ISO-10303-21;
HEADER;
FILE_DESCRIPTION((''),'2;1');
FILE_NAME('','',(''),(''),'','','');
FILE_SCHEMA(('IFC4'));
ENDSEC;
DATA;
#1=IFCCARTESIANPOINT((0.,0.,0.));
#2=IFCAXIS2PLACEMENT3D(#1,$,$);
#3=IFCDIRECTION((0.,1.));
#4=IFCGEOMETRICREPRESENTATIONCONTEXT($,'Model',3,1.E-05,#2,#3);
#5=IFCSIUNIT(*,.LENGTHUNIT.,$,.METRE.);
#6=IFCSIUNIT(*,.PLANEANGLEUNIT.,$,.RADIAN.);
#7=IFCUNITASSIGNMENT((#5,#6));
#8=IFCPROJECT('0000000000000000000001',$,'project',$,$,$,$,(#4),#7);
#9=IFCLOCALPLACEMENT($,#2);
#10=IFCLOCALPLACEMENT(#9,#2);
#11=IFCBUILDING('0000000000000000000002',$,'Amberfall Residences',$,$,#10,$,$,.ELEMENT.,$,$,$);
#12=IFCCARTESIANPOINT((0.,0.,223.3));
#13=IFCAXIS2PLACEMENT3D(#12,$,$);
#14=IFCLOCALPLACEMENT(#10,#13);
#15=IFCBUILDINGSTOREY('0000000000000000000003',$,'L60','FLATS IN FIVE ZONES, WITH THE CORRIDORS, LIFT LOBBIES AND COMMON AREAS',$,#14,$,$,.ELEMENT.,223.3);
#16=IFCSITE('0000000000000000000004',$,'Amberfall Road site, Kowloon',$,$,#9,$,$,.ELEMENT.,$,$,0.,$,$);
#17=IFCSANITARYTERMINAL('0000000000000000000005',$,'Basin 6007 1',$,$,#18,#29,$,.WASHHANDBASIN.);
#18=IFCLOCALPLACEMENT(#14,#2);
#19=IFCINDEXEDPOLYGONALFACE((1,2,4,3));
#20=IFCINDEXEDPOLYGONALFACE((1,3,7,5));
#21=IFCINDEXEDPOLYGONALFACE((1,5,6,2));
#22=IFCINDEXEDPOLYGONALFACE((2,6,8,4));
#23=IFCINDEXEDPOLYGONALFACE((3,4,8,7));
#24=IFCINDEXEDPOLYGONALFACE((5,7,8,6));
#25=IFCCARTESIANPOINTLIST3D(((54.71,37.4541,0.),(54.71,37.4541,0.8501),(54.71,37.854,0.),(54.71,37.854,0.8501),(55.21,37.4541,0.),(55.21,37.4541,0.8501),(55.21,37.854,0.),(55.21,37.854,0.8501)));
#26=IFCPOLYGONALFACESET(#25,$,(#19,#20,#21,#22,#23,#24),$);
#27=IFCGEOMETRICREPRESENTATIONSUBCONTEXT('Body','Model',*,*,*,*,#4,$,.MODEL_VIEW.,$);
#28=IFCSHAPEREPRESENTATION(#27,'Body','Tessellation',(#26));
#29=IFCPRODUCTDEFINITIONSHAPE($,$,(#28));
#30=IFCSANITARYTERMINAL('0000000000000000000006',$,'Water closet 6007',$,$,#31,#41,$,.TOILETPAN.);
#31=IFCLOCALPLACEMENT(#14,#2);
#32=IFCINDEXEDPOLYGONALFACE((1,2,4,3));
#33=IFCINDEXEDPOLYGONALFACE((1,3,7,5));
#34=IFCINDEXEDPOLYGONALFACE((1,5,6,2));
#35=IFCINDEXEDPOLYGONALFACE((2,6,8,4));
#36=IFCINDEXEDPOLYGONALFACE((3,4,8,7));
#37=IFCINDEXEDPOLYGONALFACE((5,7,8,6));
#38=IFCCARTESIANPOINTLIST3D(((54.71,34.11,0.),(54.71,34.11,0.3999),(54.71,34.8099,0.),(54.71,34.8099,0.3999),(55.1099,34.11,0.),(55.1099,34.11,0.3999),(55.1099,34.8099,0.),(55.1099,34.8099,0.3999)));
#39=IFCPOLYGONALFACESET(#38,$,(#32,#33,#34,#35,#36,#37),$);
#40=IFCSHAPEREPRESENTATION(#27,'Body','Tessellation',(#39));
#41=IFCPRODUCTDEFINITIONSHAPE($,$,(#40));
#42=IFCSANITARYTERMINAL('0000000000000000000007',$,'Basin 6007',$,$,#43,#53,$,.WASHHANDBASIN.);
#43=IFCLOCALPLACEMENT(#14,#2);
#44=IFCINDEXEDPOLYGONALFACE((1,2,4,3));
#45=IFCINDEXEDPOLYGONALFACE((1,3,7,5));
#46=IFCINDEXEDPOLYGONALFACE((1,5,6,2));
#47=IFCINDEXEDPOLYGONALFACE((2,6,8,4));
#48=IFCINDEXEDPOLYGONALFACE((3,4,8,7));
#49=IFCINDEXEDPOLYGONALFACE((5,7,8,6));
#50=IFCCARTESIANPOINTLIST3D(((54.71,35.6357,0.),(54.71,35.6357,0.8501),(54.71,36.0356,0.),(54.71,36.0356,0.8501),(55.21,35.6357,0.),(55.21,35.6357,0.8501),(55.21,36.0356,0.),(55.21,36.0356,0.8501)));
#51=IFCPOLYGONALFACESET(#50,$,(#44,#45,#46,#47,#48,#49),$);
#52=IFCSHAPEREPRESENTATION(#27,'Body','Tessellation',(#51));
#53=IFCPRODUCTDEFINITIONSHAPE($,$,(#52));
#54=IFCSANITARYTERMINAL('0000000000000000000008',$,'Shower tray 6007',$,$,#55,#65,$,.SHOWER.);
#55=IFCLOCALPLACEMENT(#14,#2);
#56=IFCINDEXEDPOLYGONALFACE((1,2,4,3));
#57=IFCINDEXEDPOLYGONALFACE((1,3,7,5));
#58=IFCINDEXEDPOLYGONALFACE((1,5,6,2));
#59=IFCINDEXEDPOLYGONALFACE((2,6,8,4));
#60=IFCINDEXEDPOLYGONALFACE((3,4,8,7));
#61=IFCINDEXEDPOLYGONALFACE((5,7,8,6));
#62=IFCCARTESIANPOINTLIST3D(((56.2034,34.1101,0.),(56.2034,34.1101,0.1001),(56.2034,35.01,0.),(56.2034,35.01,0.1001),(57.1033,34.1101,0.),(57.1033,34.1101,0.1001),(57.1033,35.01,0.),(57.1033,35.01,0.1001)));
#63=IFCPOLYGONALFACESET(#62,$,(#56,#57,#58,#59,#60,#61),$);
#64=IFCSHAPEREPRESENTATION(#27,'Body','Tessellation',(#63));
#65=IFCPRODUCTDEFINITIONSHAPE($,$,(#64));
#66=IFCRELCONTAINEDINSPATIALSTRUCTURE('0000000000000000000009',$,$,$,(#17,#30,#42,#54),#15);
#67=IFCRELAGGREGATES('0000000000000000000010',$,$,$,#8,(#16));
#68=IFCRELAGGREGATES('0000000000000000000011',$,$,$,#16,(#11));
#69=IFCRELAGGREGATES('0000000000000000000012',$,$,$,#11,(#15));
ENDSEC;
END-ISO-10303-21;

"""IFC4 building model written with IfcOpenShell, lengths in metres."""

from ifc_helpers import new_model, si_unit, direction, frame, origin, origin_2d, place, context, subcontext, project, spatial, rectangle, extrude, element, save


model = new_model("IFC4")

# Units and contexts
model_context = context("Model", 3, precision=1e-05, world=origin(), true_north=direction((0.0, 1.0)))
body_context = subcontext(model_context, "Body", "Model", "MODEL_VIEW")
ifc_project = project(units=[si_unit("LENGTHUNIT", "METRE"), si_unit("PLANEANGLEUNIT", "RADIAN")], contexts=[model_context])

# Site, building, storey
site_placement = place(None, origin())
site = spatial("IfcSite", under=ifc_project, at=site_placement, Name="Amberfall Road site, Kowloon", CompositionType="ELEMENT", RefElevation=0.0)
building_placement = place(site_placement, origin())
building = spatial("IfcBuilding", under=site, at=building_placement, Name="Amberfall Residences", CompositionType="ELEMENT")
storey_placement = place(building_placement, frame((0.0, 0.0, 223.3)))
storey = spatial("IfcBuildingStorey", under=building, at=storey_placement, Name="L60", Description="FLATS IN FIVE ZONES, WITH THE CORRIDORS, LIFT LOBBIES AND COMMON AREAS", CompositionType="ELEMENT", Elevation=223.3)

# Sanitary terminals
sanitary_terminal_1_placement = place(storey_placement, frame((54.96, 37.6541, 0.0), z_axis=(0.0, 0.0, 1.0), x_axis=(1.0, 0.0, 0.0)))
element("IfcSanitaryTerminal", 1, at=sanitary_terminal_1_placement, inside=storey, Name="Basin 6007 1", PredefinedType="WASHHANDBASIN", context=body_context, shape_type="SweptSolid", body=[
    extrude(rectangle(XDim=0.5, YDim=0.3999, at=origin_2d()), origin(), (0.0, 0.0, 1.0), 0.8501),
])
sanitary_terminal_2_placement = place(storey_placement, frame((54.9099, 34.46, 0.0), z_axis=(0.0, 0.0, 1.0), x_axis=(1.0, 0.0, 0.0)))
element("IfcSanitaryTerminal", 2, at=sanitary_terminal_2_placement, inside=storey, Name="Water closet 6007", PredefinedType="TOILETPAN", context=body_context, shape_type="SweptSolid", body=[
    extrude(rectangle(XDim=0.3999, YDim=0.7, at=origin_2d()), origin(), (0.0, 0.0, 1.0), 0.3999),
])
sanitary_terminal_3_placement = place(storey_placement, frame((54.96, 35.8357, 0.0), z_axis=(0.0, 0.0, 1.0), x_axis=(1.0, 0.0, 0.0)))
element("IfcSanitaryTerminal", 3, at=sanitary_terminal_3_placement, inside=storey, Name="Basin 6007", PredefinedType="WASHHANDBASIN", context=body_context, shape_type="SweptSolid", body=[
    extrude(rectangle(XDim=0.5, YDim=0.3999, at=origin_2d()), origin(), (0.0, 0.0, 1.0), 0.8501),
])
sanitary_terminal_4_placement = place(storey_placement, frame((56.6533, 34.5601, 0.0), z_axis=(0.0, 0.0, 1.0), x_axis=(1.0, 0.0, 0.0)))
element("IfcSanitaryTerminal", 4, at=sanitary_terminal_4_placement, inside=storey, Name="Shower tray 6007", PredefinedType="SHOWER", context=body_context, shape_type="SweptSolid", body=[
    extrude(rectangle(XDim=0.8999, YDim=0.8999, at=origin_2d()), origin(), (0.0, 0.0, 1.0), 0.1001),
])

save(model, "model.ifc")
